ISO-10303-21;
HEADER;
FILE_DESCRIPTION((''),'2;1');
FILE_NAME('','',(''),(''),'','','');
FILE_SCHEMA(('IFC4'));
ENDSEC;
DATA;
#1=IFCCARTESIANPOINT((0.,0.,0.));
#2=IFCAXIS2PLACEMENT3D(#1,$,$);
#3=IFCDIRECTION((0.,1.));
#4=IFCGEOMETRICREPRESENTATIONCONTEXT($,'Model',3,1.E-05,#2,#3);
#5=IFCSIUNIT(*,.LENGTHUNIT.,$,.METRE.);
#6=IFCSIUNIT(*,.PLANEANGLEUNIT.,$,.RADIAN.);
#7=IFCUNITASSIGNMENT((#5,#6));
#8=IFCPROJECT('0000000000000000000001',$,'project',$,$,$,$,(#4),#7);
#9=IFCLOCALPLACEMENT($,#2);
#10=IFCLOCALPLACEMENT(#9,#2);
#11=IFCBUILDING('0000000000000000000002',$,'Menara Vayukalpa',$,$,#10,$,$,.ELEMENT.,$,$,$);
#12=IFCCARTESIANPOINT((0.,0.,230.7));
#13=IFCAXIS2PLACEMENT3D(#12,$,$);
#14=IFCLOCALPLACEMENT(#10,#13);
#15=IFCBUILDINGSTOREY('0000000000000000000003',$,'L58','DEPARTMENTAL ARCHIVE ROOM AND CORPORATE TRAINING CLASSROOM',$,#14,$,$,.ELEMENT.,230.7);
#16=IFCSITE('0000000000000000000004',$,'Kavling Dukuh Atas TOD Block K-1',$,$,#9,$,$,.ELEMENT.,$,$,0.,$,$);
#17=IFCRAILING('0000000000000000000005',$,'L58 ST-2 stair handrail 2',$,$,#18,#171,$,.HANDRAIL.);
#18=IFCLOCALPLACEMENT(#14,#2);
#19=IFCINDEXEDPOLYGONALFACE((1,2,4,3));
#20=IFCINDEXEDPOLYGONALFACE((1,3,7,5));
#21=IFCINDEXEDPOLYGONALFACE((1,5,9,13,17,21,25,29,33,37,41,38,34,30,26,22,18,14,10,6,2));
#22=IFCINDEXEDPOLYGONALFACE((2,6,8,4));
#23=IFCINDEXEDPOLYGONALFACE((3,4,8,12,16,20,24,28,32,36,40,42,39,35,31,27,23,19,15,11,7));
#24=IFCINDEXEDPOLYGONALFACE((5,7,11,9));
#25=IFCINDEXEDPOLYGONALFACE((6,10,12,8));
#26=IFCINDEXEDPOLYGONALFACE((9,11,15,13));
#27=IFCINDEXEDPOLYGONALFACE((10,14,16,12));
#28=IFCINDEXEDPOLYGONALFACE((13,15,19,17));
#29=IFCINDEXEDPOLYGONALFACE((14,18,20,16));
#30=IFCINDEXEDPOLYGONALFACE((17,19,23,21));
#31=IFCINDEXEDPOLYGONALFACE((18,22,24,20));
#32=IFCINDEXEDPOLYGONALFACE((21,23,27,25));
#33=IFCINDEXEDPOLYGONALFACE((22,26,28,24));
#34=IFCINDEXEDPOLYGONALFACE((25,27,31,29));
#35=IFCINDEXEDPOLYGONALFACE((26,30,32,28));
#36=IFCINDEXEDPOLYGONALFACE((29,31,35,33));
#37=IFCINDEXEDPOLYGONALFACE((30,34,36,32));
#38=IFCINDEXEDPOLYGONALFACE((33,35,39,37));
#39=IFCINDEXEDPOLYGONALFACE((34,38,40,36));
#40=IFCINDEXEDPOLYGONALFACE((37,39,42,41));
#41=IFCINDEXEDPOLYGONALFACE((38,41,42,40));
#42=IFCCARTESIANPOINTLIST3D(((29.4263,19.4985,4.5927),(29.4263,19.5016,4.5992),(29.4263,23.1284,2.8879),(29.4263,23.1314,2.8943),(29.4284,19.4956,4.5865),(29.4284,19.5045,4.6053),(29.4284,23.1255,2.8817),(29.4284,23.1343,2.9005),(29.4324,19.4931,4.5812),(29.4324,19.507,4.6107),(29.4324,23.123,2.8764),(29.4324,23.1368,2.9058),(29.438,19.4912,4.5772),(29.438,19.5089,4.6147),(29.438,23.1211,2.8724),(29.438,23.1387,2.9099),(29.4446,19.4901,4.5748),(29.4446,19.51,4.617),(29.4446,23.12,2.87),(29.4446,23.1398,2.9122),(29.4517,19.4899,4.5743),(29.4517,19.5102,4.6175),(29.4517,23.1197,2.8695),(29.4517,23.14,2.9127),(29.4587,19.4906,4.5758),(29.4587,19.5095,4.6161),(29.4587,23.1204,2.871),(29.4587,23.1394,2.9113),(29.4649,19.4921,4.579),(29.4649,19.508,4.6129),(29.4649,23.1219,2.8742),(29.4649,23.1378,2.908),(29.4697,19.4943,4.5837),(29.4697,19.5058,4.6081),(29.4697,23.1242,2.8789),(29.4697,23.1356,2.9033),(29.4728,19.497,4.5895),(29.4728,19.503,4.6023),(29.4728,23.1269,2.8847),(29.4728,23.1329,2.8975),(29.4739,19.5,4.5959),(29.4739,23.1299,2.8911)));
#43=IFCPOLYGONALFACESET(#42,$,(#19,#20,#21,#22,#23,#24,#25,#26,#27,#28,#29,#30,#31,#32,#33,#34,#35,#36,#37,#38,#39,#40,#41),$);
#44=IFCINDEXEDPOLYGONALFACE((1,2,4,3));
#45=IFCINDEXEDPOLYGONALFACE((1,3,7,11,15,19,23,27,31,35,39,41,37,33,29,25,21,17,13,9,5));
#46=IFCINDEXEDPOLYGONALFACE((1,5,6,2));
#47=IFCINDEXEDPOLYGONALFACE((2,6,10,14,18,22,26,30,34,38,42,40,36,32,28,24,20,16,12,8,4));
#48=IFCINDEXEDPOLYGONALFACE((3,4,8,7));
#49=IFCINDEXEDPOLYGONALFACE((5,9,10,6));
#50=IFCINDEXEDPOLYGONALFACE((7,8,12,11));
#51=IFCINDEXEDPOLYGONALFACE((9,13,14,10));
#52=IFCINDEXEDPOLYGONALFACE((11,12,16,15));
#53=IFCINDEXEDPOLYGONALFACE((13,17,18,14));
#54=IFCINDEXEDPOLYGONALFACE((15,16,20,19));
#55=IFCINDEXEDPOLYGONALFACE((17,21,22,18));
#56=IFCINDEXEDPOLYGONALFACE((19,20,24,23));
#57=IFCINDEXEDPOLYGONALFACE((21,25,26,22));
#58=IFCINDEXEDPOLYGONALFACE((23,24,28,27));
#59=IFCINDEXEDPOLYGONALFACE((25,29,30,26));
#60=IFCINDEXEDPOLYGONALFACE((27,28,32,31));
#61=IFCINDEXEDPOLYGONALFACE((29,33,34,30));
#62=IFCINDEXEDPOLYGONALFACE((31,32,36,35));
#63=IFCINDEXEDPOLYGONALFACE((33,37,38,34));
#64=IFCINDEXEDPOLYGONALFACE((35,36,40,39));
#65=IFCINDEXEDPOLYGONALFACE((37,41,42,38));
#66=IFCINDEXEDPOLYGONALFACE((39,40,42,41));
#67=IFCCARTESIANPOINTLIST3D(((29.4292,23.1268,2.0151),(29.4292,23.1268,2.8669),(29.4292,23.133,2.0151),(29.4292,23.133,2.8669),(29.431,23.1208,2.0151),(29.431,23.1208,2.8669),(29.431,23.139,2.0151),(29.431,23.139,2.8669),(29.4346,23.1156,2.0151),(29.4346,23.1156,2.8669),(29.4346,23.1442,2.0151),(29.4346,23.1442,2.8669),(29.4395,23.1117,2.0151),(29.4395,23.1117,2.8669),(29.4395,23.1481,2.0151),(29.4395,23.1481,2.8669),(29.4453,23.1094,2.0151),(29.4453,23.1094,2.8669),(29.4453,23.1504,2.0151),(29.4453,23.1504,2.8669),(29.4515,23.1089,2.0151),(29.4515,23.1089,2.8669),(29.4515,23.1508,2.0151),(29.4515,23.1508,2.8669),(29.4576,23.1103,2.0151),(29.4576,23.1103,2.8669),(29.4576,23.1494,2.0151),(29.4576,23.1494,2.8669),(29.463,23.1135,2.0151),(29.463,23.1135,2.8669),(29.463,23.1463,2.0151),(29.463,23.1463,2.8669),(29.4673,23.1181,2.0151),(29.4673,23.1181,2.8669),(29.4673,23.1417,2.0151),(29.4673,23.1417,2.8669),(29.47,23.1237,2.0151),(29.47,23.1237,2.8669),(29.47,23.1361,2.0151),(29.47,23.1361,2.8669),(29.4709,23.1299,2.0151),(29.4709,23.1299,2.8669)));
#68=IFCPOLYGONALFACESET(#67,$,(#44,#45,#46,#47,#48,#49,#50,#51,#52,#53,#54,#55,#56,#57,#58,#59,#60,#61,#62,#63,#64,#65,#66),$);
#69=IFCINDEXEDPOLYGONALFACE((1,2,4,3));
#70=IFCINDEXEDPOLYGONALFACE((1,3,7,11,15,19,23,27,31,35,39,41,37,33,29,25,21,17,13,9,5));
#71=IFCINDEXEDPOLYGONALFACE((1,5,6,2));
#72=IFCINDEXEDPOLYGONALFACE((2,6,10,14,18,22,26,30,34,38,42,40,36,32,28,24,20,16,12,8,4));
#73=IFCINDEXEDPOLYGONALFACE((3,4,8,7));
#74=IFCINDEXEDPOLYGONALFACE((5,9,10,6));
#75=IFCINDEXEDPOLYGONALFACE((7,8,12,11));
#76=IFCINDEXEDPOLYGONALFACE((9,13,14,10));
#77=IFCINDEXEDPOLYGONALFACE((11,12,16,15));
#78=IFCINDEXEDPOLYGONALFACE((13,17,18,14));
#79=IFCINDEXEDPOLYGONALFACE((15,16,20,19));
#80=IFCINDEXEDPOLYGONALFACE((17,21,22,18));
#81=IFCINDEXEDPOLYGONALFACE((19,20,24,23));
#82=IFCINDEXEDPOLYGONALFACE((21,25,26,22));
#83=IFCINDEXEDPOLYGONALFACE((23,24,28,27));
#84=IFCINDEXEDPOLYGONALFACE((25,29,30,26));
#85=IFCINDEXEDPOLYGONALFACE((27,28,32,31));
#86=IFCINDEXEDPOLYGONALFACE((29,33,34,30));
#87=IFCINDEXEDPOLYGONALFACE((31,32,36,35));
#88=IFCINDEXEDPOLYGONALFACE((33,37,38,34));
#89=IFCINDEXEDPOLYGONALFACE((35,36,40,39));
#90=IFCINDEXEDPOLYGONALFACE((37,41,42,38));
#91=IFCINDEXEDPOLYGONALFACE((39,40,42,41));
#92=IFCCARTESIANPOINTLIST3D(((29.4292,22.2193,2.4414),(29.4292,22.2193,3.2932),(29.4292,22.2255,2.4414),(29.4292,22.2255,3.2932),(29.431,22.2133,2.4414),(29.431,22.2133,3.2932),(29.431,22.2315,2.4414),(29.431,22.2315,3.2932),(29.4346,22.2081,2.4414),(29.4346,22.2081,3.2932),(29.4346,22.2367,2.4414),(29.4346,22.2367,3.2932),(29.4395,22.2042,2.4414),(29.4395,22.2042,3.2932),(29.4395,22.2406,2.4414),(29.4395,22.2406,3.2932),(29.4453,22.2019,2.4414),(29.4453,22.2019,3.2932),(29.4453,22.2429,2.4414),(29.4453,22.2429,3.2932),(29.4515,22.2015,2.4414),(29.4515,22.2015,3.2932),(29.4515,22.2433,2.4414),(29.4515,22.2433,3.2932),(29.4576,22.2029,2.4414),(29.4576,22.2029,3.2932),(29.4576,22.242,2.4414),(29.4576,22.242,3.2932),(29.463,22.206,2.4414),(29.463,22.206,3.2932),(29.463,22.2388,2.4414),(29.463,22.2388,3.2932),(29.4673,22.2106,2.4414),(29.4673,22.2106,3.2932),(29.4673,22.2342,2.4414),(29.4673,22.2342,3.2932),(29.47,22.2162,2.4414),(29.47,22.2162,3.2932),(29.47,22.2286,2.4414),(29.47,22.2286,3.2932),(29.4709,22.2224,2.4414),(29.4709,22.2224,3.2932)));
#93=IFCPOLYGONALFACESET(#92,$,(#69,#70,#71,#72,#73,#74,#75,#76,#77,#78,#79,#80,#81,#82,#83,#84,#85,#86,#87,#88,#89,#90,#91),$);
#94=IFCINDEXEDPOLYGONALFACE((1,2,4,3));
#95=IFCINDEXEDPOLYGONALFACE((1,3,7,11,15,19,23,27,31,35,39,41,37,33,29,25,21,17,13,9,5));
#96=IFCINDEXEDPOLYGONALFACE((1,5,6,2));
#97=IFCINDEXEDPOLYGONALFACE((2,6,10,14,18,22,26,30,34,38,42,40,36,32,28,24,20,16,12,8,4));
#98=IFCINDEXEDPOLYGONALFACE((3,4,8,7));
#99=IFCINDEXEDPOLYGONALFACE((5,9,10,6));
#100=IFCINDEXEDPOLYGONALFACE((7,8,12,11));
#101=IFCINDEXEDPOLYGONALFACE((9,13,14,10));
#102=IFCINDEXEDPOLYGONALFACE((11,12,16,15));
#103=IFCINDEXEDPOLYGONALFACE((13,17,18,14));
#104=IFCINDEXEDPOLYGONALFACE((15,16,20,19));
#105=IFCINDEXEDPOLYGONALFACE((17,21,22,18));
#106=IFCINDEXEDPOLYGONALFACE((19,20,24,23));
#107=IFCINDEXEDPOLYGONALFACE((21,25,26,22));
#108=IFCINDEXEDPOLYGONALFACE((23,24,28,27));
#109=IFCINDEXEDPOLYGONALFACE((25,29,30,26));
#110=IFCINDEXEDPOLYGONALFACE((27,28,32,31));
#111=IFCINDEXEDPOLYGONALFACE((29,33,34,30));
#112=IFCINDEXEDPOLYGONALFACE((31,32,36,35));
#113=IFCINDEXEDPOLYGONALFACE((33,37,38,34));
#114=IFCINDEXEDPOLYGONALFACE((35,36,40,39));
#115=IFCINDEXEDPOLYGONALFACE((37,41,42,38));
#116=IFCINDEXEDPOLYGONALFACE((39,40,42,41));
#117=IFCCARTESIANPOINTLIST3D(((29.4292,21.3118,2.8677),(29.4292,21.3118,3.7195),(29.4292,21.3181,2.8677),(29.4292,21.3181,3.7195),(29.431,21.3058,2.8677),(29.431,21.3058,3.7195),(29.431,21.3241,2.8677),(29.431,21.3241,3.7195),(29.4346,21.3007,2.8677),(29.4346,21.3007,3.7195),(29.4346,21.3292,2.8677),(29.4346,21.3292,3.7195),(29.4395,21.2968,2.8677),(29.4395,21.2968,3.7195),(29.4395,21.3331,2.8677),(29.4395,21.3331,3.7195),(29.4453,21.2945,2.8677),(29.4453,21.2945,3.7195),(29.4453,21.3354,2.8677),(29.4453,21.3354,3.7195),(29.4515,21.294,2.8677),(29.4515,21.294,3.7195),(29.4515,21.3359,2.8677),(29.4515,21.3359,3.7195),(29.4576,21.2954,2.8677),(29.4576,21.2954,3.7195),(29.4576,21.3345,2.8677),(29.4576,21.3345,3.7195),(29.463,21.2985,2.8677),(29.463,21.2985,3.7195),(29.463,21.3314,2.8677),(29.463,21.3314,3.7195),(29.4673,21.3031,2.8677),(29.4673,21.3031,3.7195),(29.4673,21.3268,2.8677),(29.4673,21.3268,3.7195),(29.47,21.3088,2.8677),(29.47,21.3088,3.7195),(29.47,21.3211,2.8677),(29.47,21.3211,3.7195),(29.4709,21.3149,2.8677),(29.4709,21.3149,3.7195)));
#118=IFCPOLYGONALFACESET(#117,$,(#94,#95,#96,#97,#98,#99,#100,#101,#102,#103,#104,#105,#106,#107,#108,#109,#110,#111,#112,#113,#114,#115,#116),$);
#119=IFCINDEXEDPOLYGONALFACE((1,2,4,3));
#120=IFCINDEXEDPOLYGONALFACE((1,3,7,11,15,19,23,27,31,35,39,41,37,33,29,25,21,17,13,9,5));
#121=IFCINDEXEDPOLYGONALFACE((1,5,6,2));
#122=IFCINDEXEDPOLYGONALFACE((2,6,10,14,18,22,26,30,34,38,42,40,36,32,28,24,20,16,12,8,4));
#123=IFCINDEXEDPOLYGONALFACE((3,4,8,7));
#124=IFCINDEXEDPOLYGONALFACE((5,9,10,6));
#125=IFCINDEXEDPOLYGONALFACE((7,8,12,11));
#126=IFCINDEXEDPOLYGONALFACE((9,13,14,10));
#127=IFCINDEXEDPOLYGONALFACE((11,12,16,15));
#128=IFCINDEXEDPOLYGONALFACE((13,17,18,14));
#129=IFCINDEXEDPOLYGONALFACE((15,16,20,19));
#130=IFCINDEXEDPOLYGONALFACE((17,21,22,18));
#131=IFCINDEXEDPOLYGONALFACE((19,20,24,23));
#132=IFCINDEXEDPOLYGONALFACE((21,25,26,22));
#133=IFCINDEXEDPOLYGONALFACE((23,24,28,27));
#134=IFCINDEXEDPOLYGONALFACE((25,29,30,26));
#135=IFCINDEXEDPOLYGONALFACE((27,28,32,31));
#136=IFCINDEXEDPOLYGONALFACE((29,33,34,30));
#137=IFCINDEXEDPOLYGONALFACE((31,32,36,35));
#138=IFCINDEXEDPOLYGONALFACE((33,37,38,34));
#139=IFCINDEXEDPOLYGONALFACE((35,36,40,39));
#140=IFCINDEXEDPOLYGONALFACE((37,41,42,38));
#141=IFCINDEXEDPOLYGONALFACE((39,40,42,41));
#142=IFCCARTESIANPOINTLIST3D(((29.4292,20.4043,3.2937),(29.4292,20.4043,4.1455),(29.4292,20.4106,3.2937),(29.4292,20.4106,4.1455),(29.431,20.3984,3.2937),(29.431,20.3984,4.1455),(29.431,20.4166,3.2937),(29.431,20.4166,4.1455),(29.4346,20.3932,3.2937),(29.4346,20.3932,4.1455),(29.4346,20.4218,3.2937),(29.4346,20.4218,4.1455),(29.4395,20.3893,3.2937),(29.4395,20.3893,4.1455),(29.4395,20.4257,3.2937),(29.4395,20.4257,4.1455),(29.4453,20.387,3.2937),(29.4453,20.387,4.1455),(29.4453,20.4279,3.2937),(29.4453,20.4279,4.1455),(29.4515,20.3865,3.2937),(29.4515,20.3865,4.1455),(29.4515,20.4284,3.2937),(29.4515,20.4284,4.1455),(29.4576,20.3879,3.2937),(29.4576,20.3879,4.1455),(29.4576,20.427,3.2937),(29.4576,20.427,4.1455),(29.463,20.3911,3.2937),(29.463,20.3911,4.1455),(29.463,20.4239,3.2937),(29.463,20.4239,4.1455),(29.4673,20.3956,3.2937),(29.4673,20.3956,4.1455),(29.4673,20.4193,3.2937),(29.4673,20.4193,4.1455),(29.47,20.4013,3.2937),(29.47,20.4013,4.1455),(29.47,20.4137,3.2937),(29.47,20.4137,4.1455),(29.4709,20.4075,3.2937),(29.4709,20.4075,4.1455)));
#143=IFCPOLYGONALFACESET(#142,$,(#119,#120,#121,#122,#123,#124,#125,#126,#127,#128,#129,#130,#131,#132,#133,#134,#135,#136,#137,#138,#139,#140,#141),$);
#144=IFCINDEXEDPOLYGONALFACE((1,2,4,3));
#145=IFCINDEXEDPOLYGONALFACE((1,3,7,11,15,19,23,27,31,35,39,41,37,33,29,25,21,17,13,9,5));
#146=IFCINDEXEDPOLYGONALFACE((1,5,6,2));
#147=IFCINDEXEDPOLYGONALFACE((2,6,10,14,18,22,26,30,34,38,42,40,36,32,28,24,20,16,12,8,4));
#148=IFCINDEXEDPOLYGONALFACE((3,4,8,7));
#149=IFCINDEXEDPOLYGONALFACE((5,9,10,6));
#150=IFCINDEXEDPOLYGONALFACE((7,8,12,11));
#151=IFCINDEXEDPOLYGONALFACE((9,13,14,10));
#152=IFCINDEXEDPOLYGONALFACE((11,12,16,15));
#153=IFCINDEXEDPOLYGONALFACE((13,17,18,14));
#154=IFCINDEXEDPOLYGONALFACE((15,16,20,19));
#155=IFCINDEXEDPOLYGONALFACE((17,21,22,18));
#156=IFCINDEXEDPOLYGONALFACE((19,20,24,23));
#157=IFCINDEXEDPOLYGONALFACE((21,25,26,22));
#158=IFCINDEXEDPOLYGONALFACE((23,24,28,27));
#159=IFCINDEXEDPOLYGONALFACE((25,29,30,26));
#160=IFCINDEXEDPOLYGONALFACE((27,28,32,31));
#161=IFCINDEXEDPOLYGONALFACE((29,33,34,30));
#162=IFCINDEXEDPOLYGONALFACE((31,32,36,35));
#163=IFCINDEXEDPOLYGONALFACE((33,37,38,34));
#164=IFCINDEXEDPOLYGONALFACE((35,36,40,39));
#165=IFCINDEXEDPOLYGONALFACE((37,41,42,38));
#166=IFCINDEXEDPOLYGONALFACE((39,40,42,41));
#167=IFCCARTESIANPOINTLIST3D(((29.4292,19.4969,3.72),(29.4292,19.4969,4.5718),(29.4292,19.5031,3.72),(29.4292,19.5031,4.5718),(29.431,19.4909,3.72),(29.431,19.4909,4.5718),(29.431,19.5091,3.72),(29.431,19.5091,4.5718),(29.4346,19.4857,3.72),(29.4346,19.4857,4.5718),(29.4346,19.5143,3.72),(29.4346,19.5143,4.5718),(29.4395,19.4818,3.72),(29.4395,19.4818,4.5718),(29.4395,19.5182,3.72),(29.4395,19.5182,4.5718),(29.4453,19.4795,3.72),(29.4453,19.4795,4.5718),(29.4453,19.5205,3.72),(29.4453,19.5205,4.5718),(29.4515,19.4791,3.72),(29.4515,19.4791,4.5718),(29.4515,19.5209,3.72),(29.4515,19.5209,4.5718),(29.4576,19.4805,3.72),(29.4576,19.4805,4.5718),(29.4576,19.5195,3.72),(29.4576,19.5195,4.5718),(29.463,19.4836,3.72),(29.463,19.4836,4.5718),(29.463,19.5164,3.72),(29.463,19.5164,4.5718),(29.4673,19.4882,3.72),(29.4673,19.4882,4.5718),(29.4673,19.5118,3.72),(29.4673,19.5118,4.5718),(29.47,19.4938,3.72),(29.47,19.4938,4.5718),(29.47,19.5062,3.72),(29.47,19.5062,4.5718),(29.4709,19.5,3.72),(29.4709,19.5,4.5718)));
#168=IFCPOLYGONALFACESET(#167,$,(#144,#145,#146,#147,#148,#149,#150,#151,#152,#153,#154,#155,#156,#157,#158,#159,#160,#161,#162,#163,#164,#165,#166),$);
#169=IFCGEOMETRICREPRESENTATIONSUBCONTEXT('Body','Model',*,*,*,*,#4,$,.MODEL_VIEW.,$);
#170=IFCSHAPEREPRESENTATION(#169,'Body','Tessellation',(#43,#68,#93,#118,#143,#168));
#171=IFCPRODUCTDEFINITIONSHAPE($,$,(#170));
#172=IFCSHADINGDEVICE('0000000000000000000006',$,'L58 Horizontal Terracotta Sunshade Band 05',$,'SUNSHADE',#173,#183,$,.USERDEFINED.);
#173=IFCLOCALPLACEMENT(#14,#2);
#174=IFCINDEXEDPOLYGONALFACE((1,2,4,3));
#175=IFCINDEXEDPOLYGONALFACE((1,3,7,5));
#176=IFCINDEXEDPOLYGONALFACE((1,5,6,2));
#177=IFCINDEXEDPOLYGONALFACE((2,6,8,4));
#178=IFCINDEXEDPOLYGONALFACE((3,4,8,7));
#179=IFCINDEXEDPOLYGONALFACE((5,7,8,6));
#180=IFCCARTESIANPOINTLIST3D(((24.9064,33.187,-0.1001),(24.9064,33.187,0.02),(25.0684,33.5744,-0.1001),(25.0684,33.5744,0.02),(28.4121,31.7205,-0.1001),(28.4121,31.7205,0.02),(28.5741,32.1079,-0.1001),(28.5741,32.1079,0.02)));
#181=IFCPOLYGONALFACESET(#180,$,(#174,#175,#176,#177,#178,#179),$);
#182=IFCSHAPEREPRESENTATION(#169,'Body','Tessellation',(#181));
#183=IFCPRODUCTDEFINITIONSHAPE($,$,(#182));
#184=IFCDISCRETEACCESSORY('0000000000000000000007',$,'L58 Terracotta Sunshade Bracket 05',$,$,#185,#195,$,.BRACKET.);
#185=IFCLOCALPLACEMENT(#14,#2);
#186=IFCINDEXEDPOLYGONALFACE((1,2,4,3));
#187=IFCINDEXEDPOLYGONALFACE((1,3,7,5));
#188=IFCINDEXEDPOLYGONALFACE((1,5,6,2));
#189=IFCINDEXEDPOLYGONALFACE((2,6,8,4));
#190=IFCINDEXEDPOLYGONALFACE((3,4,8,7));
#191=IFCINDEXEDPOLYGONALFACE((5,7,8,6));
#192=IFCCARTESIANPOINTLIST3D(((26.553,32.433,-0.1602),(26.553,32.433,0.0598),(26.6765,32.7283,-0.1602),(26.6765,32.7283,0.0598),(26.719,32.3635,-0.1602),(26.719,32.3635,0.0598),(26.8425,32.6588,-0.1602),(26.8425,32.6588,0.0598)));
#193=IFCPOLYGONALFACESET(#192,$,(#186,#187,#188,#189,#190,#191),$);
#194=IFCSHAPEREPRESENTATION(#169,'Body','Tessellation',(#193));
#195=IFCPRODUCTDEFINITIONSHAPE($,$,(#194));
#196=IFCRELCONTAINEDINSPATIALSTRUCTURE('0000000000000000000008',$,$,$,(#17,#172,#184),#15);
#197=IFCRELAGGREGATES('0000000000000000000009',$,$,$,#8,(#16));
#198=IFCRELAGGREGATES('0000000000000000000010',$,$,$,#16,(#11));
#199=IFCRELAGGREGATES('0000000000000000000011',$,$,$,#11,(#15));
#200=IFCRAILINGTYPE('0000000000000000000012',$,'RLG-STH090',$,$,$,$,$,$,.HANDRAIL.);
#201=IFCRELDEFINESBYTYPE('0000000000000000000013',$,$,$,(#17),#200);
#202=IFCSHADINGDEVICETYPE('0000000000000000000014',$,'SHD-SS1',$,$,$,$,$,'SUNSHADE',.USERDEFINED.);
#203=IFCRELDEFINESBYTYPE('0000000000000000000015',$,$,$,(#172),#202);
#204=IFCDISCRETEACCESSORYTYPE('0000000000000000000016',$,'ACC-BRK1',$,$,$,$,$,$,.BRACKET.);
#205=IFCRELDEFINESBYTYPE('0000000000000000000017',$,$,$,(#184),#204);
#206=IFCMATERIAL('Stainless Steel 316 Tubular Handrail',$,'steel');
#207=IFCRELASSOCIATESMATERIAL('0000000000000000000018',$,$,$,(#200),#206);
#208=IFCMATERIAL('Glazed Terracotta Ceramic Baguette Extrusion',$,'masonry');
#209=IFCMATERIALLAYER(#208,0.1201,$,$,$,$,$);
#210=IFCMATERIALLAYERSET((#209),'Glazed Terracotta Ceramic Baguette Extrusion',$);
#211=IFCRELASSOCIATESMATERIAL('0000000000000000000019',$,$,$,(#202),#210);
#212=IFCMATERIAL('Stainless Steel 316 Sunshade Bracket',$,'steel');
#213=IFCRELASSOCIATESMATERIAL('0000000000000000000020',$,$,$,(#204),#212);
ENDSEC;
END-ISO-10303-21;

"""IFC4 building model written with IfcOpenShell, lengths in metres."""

from ifc_helpers import new_model, si_unit, direction, frame, origin, origin_2d, place, context, subcontext, project, spatial, rectangle, circle, extrude, material, layer, layer_set, type_object, element, save


model = new_model("IFC4")

# Units and contexts
model_context = context("Model", 3, precision=1e-05, world=origin(), true_north=direction((0.0, 1.0)))
body_context = subcontext(model_context, "Body", "Model", "MODEL_VIEW")
ifc_project = project(units=[si_unit("LENGTHUNIT", "METRE"), si_unit("PLANEANGLEUNIT", "RADIAN")], contexts=[model_context])

# Site, building, storey
site_placement = place(None, origin())
site = spatial("IfcSite", under=ifc_project, at=site_placement, Name="Kavling Dukuh Atas TOD Block K-1", CompositionType="ELEMENT", RefElevation=0.0)
building_placement = place(site_placement, origin())
building = spatial("IfcBuilding", under=site, at=building_placement, Name="Menara Vayukalpa", CompositionType="ELEMENT")
storey_placement = place(building_placement, frame((0.0, 0.0, 230.7)))
storey = spatial("IfcBuildingStorey", under=building, at=storey_placement, Name="L58", Description="DEPARTMENTAL ARCHIVE ROOM AND CORPORATE TRAINING CLASSROOM", CompositionType="ELEMENT", Elevation=230.7)

# Railing
ifc_material_1 = material(Name="Stainless Steel 316 Tubular Handrail", Category="steel")
railing_type = type_object("IfcRailingType", Name="RLG-STH090", PredefinedType="HANDRAIL", material=ifc_material_1)
railing_placement = place(storey_placement, frame((29.45, 23.1299, 2.0151)))
element("IfcRailing", 1, at=railing_placement, inside=storey, type_object=railing_type, Name="L58 ST-2 stair handrail 2", PredefinedType="HANDRAIL", context=body_context, shape_type="SweptSolid", body=[
    extrude(circle(Radius=0.0239, at=origin_2d()), frame((0.0, 0.0, 0.876), z_axis=(0.0, -0.90514, 0.425114), x_axis=(1.0, 0.0, 0.0)), (0.0, 0.0, 1.0), 4.0103),
    extrude(circle(Radius=0.021, at=origin_2d()), origin(), (0.0, 0.0, 1.0), 0.8518),
    extrude(circle(Radius=0.021, at=origin_2d()), frame((0.0, -0.9075, 0.4263)), (0.0, 0.0, 1.0), 0.8518),
    extrude(circle(Radius=0.021, at=origin_2d()), frame((0.0, -1.8149, 0.8525)), (0.0, 0.0, 1.0), 0.8518),
    extrude(circle(Radius=0.021, at=origin_2d()), frame((0.0, -2.7224, 1.2786)), (0.0, 0.0, 1.0), 0.8518),
    extrude(circle(Radius=0.021, at=origin_2d()), frame((0.0, -3.6299, 1.7048)), (0.0, 0.0, 1.0), 0.8518),
])

# Shading device
ifc_material_2 = material(Name="Glazed Terracotta Ceramic Baguette Extrusion", Category="masonry")
ifc_layer_1 = layer(ifc_material_2, 0.1201)
ifc_layer_set_1 = layer_set([ifc_layer_1], Name="Glazed Terracotta Ceramic Baguette Extrusion")
shading_device_type = type_object("IfcShadingDeviceType", Name="SHD-SS1", ElementType="SUNSHADE", PredefinedType="USERDEFINED", material=ifc_layer_set_1)
shading_device_placement = place(storey_placement, frame((26.7402, 32.6475, -0.1001), z_axis=(0.0, 0.0, 1.0), x_axis=(-0.922538, 0.385906, 0.0)))
element("IfcShadingDevice", 2, at=shading_device_placement, inside=storey, type_object=shading_device_type, Name="L58 Horizontal Terracotta Sunshade Band 05", ObjectType="SUNSHADE", PredefinedType="USERDEFINED", context=body_context, shape_type="SweptSolid", body=[
    extrude(rectangle(XDim=3.8, YDim=0.4199, at=origin_2d()), origin(), (0.0, 0.0, 1.0), 0.1201),
])

# Discrete accessory
ifc_material_3 = material(Name="Stainless Steel 316 Sunshade Bracket", Category="steel")
discrete_accessory_type = type_object("IfcDiscreteAccessoryType", Name="ACC-BRK1", PredefinedType="BRACKET", material=ifc_material_3)
discrete_accessory_placement = place(storey_placement, frame((26.6978, 32.5459, -0.1602), z_axis=(0.0, 0.0, 1.0), x_axis=(-0.922538, 0.385906, 0.0)))
element("IfcDiscreteAccessory", 3, at=discrete_accessory_placement, inside=storey, type_object=discrete_accessory_type, Name="L58 Terracotta Sunshade Bracket 05", PredefinedType="BRACKET", context=body_context, shape_type="SweptSolid", body=[
    extrude(rectangle(XDim=0.1799, YDim=0.3201, at=origin_2d()), origin(), (0.0, 0.0, 1.0), 0.22),
])

save(model, "model.ifc")
